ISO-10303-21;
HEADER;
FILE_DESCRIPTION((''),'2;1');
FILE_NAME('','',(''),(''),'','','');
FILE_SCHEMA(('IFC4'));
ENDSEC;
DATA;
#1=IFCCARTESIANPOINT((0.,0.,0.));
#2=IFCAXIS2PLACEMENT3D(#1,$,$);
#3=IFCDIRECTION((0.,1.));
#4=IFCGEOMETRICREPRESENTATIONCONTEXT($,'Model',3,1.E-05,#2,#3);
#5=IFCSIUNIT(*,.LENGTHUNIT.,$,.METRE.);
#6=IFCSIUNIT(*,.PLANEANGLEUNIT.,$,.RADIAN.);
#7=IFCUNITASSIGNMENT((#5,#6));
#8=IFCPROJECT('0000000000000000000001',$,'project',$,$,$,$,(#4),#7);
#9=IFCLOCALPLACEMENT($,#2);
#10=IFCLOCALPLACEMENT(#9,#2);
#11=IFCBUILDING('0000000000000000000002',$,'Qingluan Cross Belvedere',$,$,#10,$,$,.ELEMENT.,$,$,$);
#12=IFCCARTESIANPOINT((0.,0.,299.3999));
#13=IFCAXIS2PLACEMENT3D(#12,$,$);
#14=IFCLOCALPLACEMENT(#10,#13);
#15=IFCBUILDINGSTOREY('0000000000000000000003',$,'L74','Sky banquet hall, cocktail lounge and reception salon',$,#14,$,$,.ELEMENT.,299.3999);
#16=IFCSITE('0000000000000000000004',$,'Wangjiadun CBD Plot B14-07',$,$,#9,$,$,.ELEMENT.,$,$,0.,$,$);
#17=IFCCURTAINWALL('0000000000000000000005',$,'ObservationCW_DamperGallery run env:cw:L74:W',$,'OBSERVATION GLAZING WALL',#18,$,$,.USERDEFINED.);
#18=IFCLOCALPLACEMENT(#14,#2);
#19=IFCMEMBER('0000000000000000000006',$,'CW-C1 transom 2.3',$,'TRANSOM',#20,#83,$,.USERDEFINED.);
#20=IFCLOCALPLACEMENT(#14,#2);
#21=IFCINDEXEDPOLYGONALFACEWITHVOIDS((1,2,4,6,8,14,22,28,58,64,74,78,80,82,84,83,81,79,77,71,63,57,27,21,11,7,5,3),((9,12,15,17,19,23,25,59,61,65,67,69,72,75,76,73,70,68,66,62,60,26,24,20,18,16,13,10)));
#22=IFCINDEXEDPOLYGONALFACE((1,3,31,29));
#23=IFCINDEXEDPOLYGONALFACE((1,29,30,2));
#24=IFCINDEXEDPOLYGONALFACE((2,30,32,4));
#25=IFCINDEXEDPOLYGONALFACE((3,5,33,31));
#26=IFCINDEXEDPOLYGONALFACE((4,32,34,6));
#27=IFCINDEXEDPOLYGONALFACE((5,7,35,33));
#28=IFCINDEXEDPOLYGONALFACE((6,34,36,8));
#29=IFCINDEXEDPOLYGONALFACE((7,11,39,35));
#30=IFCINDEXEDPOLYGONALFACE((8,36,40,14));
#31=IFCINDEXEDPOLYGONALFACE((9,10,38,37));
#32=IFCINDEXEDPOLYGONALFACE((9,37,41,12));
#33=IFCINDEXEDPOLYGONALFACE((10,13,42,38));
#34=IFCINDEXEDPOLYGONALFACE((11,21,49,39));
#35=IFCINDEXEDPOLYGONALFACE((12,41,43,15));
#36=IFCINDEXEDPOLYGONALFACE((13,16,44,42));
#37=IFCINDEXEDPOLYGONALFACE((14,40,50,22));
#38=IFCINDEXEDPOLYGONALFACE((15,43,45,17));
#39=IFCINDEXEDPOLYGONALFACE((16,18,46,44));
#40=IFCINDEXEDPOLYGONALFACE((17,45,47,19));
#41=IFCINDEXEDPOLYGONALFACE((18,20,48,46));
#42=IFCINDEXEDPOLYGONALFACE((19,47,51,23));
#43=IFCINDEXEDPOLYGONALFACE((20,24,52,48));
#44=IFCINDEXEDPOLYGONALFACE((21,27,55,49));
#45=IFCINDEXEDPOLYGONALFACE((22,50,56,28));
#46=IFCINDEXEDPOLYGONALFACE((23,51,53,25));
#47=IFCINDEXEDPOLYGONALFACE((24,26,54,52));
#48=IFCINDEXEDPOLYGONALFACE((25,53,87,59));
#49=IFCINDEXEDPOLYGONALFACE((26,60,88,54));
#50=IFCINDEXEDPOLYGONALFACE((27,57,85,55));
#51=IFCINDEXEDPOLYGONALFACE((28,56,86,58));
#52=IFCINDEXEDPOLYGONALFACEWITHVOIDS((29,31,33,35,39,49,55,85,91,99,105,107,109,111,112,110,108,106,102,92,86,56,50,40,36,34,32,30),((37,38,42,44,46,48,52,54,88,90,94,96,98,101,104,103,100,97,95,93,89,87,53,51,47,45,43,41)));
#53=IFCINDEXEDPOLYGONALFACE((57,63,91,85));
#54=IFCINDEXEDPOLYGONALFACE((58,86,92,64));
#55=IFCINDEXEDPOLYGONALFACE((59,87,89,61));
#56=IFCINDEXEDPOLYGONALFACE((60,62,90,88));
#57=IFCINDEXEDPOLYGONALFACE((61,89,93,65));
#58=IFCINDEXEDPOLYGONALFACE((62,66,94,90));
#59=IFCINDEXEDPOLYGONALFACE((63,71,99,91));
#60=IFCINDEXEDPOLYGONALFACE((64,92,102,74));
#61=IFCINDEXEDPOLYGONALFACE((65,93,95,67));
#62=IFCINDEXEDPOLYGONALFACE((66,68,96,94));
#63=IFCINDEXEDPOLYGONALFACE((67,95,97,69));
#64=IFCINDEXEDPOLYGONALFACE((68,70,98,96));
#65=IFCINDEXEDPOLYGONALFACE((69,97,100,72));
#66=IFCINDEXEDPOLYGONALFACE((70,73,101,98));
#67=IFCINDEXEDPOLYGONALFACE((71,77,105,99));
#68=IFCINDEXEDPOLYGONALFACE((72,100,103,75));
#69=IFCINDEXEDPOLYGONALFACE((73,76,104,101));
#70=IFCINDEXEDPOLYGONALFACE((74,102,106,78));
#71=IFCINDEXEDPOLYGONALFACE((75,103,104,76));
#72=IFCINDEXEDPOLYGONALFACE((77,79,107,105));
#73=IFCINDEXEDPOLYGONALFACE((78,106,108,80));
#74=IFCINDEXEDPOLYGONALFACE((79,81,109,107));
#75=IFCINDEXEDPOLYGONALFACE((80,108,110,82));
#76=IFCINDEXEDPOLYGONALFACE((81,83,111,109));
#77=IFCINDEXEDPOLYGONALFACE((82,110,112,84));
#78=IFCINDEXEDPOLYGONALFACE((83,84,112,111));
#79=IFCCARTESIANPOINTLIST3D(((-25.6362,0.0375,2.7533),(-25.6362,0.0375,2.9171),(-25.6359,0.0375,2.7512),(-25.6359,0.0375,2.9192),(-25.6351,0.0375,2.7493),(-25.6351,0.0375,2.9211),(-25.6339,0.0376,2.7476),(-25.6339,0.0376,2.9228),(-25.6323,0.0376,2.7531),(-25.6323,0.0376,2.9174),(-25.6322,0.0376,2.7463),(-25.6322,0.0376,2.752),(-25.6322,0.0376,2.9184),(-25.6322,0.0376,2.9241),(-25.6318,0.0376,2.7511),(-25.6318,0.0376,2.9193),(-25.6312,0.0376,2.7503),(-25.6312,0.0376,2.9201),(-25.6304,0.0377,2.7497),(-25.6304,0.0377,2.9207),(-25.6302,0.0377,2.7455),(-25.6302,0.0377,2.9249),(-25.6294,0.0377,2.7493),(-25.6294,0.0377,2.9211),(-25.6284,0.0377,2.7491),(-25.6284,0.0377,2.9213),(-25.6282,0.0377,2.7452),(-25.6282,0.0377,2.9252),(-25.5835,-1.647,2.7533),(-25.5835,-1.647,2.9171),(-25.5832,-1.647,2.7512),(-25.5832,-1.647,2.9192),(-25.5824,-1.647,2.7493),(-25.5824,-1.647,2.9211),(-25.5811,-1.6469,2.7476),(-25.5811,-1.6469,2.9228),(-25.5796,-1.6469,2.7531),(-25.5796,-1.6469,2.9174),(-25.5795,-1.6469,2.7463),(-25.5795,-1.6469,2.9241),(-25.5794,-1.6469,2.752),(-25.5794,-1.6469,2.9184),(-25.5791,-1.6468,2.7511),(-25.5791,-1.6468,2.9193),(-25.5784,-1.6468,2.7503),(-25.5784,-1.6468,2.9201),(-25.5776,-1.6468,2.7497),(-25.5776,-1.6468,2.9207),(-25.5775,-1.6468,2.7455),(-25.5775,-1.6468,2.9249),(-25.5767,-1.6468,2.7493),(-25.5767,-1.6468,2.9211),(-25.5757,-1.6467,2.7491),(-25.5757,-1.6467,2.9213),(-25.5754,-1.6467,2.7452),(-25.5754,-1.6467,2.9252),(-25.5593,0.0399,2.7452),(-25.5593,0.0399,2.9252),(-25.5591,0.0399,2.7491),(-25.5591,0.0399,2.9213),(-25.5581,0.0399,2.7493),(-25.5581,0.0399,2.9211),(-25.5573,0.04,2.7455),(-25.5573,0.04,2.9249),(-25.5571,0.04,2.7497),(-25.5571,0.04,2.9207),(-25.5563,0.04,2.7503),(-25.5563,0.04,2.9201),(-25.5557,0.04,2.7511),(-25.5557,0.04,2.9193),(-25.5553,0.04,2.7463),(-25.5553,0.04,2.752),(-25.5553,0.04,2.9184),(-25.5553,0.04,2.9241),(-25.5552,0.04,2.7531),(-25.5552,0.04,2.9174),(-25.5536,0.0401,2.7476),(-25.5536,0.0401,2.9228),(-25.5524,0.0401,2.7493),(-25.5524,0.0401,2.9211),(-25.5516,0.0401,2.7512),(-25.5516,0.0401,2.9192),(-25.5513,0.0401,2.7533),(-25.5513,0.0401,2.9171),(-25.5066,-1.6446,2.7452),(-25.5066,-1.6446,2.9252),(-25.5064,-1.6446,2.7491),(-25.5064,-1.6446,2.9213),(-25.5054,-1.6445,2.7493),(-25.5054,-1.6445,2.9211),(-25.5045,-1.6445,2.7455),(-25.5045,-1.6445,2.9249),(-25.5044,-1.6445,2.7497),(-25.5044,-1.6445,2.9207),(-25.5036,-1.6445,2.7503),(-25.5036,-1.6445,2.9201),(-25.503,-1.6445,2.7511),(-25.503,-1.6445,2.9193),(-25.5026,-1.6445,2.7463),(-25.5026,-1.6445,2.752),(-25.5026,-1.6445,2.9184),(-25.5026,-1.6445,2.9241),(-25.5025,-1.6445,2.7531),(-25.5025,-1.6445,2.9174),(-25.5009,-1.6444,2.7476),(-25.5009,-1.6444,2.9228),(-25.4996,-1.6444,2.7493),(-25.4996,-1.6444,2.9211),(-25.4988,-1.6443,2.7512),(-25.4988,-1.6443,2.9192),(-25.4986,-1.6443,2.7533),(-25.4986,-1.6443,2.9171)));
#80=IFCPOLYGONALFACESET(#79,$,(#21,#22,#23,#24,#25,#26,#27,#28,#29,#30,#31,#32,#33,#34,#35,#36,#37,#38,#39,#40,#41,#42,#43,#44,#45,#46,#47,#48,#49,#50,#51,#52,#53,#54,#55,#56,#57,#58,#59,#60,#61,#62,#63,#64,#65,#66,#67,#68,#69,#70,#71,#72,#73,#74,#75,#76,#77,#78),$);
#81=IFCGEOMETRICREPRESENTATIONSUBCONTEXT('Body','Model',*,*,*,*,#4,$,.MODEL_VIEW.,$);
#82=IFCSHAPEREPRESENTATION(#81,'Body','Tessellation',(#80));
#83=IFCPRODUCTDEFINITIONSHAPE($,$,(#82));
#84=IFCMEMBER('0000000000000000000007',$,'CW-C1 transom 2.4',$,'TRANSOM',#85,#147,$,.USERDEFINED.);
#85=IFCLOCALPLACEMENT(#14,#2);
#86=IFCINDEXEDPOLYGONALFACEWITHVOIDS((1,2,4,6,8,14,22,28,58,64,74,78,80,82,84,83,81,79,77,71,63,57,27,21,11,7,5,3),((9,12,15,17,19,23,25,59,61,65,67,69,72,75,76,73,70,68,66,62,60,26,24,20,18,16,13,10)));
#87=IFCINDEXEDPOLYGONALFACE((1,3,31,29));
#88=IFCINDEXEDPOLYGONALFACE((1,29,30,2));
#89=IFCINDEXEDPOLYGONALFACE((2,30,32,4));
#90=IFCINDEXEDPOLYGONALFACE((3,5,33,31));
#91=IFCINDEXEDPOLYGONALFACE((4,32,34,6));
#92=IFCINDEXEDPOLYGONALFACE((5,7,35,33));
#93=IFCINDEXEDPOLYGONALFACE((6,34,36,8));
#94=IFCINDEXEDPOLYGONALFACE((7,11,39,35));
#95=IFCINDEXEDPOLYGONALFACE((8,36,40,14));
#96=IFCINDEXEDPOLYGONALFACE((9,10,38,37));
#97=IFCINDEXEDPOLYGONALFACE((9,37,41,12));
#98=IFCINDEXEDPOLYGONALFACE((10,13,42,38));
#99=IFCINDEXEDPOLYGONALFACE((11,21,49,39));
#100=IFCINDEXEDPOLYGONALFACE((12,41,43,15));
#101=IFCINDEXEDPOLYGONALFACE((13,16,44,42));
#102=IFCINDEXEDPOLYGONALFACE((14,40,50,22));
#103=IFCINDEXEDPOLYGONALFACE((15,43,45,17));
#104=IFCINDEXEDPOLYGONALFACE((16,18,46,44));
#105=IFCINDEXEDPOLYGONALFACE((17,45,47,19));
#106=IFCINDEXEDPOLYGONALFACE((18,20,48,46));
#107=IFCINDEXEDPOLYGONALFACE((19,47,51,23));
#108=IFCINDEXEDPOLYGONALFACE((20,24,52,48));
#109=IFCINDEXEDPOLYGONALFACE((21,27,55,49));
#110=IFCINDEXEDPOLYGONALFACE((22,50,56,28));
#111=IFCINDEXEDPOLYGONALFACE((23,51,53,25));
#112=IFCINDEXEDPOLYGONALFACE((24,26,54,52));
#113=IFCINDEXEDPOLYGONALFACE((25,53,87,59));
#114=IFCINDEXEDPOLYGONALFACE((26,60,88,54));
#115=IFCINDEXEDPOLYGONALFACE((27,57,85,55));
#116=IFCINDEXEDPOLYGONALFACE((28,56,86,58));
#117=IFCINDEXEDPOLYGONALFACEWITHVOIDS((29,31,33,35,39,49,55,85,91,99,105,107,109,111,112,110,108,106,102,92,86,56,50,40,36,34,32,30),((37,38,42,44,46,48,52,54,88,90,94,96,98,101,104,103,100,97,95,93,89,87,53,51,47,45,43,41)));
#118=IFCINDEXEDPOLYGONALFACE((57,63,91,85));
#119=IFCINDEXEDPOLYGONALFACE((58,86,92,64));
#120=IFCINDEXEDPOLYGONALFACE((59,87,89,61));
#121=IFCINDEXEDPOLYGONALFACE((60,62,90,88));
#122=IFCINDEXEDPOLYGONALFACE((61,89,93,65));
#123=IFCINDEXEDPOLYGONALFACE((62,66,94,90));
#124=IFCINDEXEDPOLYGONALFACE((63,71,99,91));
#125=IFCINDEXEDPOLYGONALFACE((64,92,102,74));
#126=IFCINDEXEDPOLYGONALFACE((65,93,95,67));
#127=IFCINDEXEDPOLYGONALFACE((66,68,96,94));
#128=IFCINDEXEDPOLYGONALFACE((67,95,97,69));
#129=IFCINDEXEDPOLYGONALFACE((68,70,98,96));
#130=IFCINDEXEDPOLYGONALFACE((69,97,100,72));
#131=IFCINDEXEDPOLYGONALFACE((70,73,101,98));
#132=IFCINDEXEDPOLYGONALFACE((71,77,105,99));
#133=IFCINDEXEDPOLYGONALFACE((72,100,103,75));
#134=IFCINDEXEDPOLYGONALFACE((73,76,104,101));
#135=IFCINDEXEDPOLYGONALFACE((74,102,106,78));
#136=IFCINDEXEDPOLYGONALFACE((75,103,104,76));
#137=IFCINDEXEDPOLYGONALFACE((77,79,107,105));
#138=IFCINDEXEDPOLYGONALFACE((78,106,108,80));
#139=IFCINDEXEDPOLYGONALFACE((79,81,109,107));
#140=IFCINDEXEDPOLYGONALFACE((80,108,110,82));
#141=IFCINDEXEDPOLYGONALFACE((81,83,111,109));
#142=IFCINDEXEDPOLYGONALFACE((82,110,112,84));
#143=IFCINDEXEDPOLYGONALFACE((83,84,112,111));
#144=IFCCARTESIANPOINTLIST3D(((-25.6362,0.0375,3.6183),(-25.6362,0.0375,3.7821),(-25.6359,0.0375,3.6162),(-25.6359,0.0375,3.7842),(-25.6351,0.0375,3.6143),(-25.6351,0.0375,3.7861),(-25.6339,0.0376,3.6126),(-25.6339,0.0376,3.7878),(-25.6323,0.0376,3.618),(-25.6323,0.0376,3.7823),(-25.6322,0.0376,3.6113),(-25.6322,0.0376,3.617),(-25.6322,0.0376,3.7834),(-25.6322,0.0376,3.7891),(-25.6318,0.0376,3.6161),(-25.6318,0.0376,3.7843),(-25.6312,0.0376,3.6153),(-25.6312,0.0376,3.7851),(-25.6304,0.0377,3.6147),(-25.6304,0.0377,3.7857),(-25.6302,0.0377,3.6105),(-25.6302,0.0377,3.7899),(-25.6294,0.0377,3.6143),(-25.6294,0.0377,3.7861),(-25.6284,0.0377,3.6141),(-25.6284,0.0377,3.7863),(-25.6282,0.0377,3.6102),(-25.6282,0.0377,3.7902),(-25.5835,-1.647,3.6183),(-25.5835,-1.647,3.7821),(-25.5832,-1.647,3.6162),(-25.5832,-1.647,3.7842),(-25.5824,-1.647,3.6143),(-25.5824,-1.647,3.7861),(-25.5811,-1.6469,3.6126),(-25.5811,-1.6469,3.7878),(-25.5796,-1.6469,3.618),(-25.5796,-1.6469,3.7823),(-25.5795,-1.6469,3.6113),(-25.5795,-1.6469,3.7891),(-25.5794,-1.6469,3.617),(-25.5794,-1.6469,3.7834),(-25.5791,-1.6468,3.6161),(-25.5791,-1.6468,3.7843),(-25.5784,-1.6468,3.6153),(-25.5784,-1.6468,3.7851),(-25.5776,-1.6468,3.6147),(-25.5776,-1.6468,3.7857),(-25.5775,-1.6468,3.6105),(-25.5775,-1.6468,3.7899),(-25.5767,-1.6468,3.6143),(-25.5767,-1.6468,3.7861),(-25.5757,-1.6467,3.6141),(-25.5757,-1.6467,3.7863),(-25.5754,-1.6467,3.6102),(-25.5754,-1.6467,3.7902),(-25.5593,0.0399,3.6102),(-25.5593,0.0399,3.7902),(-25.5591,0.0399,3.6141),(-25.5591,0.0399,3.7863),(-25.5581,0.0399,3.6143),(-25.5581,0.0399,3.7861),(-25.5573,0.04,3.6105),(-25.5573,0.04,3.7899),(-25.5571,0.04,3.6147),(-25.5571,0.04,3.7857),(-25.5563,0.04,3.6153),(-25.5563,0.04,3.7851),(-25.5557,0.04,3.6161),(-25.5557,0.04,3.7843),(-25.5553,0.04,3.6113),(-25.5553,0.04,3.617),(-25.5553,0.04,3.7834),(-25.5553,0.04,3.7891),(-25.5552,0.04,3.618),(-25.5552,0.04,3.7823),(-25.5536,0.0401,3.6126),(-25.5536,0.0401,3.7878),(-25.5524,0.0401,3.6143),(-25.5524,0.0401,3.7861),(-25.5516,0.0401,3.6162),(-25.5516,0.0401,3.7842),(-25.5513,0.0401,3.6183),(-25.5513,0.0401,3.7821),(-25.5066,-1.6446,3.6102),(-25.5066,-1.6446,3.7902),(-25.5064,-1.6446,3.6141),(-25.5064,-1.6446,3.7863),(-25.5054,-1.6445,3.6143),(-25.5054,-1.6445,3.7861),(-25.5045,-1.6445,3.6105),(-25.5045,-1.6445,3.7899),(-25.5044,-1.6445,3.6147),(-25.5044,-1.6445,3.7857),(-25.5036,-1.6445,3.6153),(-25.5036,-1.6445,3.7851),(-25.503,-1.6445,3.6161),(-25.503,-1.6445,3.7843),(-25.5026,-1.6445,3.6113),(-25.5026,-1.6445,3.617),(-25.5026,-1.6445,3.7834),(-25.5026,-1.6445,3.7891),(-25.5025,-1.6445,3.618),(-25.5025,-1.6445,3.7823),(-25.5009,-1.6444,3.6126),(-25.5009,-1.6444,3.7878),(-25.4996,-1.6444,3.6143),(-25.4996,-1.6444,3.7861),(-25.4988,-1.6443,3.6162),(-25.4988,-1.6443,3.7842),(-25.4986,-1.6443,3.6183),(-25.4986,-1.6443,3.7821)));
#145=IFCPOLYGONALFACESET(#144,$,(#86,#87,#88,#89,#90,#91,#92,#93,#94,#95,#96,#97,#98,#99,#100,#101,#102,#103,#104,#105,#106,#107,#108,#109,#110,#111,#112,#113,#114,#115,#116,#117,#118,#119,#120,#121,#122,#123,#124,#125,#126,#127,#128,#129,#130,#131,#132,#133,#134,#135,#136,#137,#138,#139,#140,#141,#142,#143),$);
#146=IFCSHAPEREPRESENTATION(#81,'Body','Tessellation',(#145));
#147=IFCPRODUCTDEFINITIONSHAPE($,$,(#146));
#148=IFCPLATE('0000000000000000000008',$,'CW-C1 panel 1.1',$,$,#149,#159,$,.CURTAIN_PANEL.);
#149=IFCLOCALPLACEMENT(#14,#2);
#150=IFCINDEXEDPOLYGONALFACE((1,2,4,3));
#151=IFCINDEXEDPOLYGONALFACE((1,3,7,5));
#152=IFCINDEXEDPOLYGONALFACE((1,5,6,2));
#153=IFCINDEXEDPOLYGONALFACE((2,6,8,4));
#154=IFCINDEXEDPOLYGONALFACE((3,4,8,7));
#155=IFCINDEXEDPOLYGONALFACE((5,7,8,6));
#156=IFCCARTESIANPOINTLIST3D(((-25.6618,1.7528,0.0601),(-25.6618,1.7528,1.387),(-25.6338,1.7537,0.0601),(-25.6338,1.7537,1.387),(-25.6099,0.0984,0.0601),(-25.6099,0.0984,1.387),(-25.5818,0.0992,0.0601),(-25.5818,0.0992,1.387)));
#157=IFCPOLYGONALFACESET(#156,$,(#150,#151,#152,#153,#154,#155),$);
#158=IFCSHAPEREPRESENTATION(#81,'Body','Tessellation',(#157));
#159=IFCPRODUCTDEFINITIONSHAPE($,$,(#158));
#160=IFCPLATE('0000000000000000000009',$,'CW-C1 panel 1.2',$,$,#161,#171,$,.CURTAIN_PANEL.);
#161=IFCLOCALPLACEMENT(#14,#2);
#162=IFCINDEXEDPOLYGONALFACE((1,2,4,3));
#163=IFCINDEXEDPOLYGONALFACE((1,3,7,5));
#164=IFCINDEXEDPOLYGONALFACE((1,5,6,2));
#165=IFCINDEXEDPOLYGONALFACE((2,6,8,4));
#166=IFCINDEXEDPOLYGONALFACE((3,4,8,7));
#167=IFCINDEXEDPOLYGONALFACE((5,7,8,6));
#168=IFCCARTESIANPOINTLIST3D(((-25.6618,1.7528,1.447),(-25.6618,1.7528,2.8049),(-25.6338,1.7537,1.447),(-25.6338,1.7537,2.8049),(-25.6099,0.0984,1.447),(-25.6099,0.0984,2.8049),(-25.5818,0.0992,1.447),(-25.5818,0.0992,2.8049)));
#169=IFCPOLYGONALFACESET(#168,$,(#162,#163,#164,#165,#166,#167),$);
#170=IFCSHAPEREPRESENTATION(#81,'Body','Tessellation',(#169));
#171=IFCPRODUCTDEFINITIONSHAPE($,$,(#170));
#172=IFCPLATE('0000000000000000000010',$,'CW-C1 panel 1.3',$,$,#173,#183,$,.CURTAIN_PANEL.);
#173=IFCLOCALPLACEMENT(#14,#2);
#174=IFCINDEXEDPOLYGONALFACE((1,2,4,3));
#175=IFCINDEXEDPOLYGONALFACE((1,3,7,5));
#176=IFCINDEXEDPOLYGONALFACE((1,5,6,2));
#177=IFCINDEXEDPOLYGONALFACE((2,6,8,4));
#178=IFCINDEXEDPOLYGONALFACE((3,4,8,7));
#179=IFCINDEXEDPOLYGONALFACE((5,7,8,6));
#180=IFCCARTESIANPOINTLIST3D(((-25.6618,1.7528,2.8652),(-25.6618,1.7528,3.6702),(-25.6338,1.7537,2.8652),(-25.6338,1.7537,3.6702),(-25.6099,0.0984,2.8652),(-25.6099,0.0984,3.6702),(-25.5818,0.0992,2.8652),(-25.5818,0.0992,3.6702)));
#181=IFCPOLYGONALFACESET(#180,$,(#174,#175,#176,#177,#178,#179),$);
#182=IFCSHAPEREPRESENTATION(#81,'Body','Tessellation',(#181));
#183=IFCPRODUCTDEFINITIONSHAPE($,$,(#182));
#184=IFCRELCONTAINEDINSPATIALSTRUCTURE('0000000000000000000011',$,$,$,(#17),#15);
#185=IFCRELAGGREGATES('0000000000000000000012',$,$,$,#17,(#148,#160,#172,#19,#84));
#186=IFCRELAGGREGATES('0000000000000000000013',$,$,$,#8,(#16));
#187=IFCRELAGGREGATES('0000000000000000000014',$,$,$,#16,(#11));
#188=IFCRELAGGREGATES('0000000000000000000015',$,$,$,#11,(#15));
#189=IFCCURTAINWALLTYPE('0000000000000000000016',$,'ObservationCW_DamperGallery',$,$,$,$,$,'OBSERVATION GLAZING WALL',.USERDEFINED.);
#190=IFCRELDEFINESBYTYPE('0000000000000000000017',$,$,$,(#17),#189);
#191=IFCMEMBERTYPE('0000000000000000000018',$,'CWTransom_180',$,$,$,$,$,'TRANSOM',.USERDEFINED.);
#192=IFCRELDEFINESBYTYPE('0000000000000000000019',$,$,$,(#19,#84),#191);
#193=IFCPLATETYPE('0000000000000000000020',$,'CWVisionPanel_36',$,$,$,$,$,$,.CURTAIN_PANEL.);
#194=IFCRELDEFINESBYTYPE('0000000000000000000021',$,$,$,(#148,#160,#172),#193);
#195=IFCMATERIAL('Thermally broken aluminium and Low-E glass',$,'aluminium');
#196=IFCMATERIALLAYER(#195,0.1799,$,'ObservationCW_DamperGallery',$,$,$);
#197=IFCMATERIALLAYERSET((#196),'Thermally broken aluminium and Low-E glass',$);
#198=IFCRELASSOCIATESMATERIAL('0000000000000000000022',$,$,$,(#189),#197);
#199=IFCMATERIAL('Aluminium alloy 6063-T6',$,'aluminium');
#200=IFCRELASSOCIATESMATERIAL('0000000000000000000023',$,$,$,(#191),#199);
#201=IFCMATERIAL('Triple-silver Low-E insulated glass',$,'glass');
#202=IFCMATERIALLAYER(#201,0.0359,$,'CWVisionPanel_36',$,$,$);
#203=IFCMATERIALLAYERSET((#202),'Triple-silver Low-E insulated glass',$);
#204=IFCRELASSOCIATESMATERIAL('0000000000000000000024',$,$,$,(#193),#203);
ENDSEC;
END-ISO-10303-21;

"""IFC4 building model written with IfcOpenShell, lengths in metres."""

from ifc_helpers import new_model, si_unit, direction, frame, origin, origin_2d, place, context, subcontext, project, spatial, rectangle, hollow_rectangle, extrude, material, layer, layer_set, material_profile, profile_set, type_object, element, aggregate, save


model = new_model("IFC4")

# Units and contexts
model_context = context("Model", 3, precision=1e-05, world=origin(), true_north=direction((0.0, 1.0)))
body_context = subcontext(model_context, "Body", "Model", "MODEL_VIEW")
ifc_project = project(units=[si_unit("LENGTHUNIT", "METRE"), si_unit("PLANEANGLEUNIT", "RADIAN")], contexts=[model_context])

# Site, building, storey
site_placement = place(None, origin())
site = spatial("IfcSite", under=ifc_project, at=site_placement, Name="Wangjiadun CBD Plot B14-07", CompositionType="ELEMENT", RefElevation=0.0)
building_placement = place(site_placement, origin())
building = spatial("IfcBuilding", under=site, at=building_placement, Name="Qingluan Cross Belvedere", CompositionType="ELEMENT")
storey_placement = place(building_placement, frame((0.0, 0.0, 299.3999)))
storey = spatial("IfcBuildingStorey", under=building, at=storey_placement, Name="L74", Description="Sky banquet hall, cocktail lounge and reception salon", CompositionType="ELEMENT", Elevation=299.3999)

# Curtain wall, members, plates
ifc_material_1 = material(Name="Thermally broken aluminium and Low-E glass", Category="aluminium")
ifc_layer_1 = layer(ifc_material_1, 0.1799, Name="ObservationCW_DamperGallery")
ifc_layer_set_1 = layer_set([ifc_layer_1], Name="Thermally broken aluminium and Low-E glass")
curtain_wall_type = type_object("IfcCurtainWallType", Name="ObservationCW_DamperGallery", ElementType="OBSERVATION GLAZING WALL", PredefinedType="USERDEFINED", material=ifc_layer_set_1)
curtain_wall_placement = place(storey_placement, origin())
curtain_wall = element("IfcCurtainWall", 1, at=curtain_wall_placement, inside=storey, type_object=curtain_wall_type, Name="ObservationCW_DamperGallery run env:cw:L74:W", ObjectType="OBSERVATION GLAZING WALL", PredefinedType="USERDEFINED")
ifc_material_2 = material(Name="Aluminium alloy 6063-T6", Category="aluminium")
ifc_material_profile_1 = material_profile(ifc_material_2, hollow_rectangle(XDim=0.085, YDim=0.1799, WallThickness=0.0039, InnerFilletRadius=0.0039, OuterFilletRadius=0.0081, at=origin_2d()), Name="CWT180x85x4")
ifc_profile_set_1 = profile_set([ifc_material_profile_1], Name="Aluminium alloy 6063-T6")
member_type_1 = type_object("IfcMemberType", Name="CWTransom_180", ElementType="TRANSOM", PredefinedType="USERDEFINED", material=ifc_profile_set_1)
member_1_placement = place(storey_placement, frame((-25.5938, 0.0388, 2.8352), z_axis=(0.031289, -0.99951, 0.0), x_axis=(0.99951, 0.031289, 0.0)))
member_1 = element("IfcMember", 2, at=member_1_placement, type_object=member_type_1, Name="CW-C1 transom 2.3", ObjectType="TRANSOM", PredefinedType="USERDEFINED", context=body_context, shape_type="SweptSolid", body=[
    extrude(hollow_rectangle(XDim=0.085, YDim=0.1799, WallThickness=0.0039, InnerFilletRadius=0.0039, OuterFilletRadius=0.0081, at=origin_2d()), origin(), (0.0, 0.0, 1.0), 1.6853),
])
member_2_placement = place(storey_placement, frame((-25.5938, 0.0388, 3.7002), z_axis=(0.031289, -0.99951, 0.0), x_axis=(0.99951, 0.031289, 0.0)))
member_2 = element("IfcMember", 3, at=member_2_placement, type_object=member_type_1, Name="CW-C1 transom 2.4", ObjectType="TRANSOM", PredefinedType="USERDEFINED", context=body_context, shape_type="SweptSolid", body=[
    extrude(hollow_rectangle(XDim=0.085, YDim=0.1799, WallThickness=0.0039, InnerFilletRadius=0.0039, OuterFilletRadius=0.0081, at=origin_2d()), origin(), (0.0, 0.0, 1.0), 1.6853),
])
ifc_material_3 = material(Name="Triple-silver Low-E insulated glass", Category="glass")
ifc_layer_2 = layer(ifc_material_3, 0.0359, Name="CWVisionPanel_36")
ifc_layer_set_2 = layer_set([ifc_layer_2], Name="Triple-silver Low-E insulated glass")
plate_type = type_object("IfcPlateType", Name="CWVisionPanel_36", PredefinedType="CURTAIN_PANEL", material=ifc_layer_set_2)
plate_1_placement = place(storey_placement, frame((-25.6218, 0.926, 0.0601), z_axis=(0.0, 0.0, 1.0), x_axis=(0.031398, -0.999507, 0.0)))
plate_1 = element("IfcPlate", 4, at=plate_1_placement, type_object=plate_type, Name="CW-C1 panel 1.1", PredefinedType="CURTAIN_PANEL", context=body_context, shape_type="SweptSolid", body=[
    extrude(rectangle(XDim=1.6553, YDim=0.0281, at=origin_2d()), origin(), (0.0, 0.0, 1.0), 1.3269),
])
plate_2_placement = place(storey_placement, frame((-25.6218, 0.926, 1.447), z_axis=(0.0, 0.0, 1.0), x_axis=(0.031398, -0.999507, 0.0)))
plate_2 = element("IfcPlate", 5, at=plate_2_placement, type_object=plate_type, Name="CW-C1 panel 1.2", PredefinedType="CURTAIN_PANEL", context=body_context, shape_type="SweptSolid", body=[
    extrude(rectangle(XDim=1.6553, YDim=0.0281, at=origin_2d()), origin(), (0.0, 0.0, 1.0), 1.3579),
])
plate_3_placement = place(storey_placement, frame((-25.6218, 0.926, 2.8652), z_axis=(0.0, 0.0, 1.0), x_axis=(0.031398, -0.999507, 0.0)))
plate_3 = element("IfcPlate", 6, at=plate_3_placement, type_object=plate_type, Name="CW-C1 panel 1.3", PredefinedType="CURTAIN_PANEL", context=body_context, shape_type="SweptSolid", body=[
    extrude(rectangle(XDim=1.6553, YDim=0.0281, at=origin_2d()), origin(), (0.0, 0.0, 1.0), 0.8049),
])
aggregate(curtain_wall, [plate_1, plate_2, plate_3, member_1, member_2])

save(model, "model.ifc")
